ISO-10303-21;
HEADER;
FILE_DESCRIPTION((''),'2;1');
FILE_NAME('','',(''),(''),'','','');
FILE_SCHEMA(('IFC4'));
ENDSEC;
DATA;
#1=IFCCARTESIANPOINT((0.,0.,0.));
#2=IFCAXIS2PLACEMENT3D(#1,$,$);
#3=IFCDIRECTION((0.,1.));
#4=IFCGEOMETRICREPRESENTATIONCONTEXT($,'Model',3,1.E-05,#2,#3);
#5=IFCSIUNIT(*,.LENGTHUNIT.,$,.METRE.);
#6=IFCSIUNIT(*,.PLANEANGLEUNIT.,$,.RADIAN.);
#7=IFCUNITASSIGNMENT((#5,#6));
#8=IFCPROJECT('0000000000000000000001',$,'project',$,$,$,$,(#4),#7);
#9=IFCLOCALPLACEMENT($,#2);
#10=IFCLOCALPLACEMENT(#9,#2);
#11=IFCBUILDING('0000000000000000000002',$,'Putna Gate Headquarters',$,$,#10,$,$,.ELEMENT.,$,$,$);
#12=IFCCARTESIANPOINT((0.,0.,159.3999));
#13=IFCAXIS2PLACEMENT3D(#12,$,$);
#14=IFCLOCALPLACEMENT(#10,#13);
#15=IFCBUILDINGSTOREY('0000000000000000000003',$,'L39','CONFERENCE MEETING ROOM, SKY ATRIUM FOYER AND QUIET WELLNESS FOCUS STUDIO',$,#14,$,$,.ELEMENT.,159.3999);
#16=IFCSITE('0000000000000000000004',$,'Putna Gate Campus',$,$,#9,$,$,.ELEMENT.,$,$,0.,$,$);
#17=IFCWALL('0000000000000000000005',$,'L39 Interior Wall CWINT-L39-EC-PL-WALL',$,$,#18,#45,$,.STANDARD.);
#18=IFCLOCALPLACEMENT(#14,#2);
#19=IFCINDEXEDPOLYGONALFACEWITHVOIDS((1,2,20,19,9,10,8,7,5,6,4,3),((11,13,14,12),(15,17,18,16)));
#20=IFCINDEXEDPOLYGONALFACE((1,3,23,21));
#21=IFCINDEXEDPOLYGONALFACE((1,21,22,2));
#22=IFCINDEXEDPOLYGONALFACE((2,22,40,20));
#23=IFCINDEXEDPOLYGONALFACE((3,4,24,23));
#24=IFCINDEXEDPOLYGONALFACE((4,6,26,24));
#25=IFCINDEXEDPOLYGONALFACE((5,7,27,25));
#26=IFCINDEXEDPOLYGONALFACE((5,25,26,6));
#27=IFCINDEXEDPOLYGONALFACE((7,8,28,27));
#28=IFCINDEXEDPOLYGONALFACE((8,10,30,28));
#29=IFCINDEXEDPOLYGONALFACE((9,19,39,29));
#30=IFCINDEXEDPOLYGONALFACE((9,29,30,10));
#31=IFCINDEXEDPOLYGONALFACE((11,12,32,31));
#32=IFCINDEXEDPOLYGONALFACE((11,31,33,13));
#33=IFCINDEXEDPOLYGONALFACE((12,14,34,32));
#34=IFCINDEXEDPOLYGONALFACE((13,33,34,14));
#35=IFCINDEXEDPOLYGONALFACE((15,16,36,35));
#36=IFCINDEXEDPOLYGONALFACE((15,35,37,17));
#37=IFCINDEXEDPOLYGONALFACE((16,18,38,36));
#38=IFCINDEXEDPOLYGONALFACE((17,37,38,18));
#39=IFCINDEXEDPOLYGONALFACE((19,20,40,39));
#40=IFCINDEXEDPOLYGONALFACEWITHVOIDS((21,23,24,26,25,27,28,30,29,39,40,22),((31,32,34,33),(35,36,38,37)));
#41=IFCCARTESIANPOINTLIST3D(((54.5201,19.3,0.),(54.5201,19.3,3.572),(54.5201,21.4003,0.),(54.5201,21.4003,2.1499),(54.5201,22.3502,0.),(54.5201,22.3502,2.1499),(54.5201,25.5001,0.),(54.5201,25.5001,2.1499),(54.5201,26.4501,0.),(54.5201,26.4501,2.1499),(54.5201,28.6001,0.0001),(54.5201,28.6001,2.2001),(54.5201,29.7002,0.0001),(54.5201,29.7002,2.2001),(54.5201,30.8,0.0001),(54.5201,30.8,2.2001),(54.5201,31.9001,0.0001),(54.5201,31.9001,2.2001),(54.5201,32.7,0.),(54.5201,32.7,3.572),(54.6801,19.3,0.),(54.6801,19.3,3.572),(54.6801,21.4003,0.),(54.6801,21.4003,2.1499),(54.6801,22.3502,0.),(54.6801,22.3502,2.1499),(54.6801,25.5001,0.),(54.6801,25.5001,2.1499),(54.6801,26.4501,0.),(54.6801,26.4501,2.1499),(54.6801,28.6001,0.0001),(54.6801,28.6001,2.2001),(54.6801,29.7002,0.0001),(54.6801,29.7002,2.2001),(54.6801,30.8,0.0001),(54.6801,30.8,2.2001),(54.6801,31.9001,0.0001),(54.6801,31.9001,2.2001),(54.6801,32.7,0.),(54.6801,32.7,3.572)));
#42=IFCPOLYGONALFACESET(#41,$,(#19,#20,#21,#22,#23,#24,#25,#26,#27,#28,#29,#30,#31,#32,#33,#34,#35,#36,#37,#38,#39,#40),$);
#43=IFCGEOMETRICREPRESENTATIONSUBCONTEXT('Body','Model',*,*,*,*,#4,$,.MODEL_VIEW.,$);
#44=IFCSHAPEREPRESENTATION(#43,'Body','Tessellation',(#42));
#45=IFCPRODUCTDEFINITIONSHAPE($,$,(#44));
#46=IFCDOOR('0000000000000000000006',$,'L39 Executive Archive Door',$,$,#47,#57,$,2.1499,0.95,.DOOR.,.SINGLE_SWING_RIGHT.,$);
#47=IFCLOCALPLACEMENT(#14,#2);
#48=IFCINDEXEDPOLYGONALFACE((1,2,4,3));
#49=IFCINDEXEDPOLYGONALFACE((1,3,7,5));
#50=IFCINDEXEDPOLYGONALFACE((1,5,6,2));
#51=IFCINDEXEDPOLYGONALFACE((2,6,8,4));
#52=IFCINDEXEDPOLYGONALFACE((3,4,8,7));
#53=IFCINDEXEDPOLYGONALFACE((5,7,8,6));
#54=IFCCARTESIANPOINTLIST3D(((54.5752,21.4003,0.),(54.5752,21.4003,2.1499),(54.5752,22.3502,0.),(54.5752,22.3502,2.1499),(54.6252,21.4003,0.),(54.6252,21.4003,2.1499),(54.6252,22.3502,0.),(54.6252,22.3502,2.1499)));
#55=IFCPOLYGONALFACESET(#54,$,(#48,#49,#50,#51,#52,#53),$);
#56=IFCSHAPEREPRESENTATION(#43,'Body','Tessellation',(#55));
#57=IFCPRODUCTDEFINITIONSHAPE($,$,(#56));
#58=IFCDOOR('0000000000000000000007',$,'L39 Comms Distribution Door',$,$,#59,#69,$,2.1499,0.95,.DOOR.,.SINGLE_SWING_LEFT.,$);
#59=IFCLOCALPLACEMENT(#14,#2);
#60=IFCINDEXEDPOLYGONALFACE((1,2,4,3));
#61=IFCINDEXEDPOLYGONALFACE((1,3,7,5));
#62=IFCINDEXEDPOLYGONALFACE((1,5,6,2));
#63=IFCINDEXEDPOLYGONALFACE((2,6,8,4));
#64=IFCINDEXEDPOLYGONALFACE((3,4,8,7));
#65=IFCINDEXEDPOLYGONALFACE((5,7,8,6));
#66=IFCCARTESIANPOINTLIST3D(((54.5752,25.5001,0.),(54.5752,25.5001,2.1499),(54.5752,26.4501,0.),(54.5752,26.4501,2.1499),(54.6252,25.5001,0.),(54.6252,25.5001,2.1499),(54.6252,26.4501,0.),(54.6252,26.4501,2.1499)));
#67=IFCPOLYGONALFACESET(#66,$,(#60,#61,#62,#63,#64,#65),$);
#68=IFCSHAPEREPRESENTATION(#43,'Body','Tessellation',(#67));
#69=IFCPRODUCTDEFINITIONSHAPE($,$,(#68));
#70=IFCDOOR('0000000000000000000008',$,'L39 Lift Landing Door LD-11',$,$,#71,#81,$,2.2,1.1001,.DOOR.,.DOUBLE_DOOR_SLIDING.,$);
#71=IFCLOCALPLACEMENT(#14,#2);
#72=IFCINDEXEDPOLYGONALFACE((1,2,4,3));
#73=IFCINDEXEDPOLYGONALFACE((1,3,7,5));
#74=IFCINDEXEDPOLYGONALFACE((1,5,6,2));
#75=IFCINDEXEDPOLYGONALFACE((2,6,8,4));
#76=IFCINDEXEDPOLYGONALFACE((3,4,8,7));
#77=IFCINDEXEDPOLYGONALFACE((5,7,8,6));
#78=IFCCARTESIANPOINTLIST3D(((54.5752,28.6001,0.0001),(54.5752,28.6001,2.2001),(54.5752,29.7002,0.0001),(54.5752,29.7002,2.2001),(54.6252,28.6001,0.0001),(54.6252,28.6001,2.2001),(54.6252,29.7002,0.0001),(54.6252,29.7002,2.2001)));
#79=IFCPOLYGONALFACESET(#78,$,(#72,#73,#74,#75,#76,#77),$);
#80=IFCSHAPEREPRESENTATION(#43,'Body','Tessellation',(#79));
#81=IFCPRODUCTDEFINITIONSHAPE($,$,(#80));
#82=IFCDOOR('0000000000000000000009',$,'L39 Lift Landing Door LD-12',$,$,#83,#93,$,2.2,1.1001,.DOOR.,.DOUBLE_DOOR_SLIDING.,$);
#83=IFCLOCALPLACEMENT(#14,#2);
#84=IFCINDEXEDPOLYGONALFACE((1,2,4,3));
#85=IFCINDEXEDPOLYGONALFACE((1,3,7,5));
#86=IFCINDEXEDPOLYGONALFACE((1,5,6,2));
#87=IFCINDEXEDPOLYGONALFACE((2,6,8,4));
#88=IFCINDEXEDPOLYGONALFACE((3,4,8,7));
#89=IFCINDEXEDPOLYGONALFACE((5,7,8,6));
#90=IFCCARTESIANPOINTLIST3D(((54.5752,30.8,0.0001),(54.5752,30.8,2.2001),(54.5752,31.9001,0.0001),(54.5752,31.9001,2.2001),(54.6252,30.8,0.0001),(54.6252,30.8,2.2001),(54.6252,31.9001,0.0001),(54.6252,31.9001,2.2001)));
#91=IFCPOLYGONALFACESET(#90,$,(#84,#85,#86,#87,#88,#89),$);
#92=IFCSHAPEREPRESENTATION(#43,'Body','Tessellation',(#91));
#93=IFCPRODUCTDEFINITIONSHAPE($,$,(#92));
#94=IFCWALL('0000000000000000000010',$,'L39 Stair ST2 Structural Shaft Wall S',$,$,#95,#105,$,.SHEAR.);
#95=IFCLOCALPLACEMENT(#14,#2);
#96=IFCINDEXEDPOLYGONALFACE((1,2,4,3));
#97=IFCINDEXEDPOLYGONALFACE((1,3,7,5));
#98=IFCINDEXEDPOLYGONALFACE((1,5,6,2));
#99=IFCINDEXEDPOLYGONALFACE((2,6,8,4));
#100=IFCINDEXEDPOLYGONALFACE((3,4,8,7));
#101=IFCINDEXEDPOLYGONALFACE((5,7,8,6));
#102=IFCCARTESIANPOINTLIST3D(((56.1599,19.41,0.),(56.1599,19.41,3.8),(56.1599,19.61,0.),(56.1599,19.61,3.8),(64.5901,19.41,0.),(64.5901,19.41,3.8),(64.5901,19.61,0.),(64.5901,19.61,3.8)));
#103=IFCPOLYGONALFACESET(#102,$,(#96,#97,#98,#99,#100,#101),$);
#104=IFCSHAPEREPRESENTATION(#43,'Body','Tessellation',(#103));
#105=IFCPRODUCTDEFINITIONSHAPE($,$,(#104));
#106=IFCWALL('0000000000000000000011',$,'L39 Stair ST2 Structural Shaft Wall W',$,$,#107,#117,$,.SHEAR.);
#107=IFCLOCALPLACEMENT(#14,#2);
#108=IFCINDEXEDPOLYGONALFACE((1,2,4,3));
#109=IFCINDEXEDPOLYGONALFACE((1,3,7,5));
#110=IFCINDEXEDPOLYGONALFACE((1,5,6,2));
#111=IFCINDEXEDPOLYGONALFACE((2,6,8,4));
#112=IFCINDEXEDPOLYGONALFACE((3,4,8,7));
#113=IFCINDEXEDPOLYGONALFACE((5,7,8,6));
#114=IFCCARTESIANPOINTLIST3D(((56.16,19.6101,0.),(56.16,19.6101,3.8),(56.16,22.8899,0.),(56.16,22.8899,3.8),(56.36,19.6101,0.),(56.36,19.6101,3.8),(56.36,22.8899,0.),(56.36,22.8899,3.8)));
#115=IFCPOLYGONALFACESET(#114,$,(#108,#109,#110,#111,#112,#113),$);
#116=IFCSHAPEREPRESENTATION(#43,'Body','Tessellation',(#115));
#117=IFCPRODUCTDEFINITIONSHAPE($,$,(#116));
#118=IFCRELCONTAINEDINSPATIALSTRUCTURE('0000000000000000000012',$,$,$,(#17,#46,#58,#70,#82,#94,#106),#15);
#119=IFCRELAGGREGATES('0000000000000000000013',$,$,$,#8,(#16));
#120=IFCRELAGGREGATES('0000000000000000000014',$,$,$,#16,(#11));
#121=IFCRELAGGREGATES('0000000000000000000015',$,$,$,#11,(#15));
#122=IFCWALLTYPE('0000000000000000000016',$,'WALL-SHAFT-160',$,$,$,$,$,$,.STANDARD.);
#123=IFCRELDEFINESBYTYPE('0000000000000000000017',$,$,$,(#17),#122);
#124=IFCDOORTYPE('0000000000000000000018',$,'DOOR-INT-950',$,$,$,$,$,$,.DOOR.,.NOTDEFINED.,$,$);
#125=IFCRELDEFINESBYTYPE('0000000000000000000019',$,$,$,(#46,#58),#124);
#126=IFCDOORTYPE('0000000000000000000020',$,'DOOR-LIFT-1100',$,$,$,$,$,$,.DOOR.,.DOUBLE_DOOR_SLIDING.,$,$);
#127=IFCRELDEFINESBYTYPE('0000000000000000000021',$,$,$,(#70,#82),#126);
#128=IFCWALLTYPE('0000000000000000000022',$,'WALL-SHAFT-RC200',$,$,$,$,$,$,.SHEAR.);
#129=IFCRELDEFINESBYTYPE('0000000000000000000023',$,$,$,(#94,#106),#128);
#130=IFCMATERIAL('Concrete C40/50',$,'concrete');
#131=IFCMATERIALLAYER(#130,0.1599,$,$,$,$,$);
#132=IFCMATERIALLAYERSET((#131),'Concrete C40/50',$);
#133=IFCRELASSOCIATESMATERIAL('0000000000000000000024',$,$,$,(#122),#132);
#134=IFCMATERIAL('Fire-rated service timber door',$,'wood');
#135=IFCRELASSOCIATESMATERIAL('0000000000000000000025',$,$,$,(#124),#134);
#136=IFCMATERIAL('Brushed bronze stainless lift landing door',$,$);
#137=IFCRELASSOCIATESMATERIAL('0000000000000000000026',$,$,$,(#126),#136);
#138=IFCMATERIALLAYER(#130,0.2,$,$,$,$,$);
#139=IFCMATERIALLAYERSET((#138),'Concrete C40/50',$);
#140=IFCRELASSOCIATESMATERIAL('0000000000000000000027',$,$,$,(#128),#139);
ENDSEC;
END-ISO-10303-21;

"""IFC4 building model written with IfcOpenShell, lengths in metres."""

from ifc_helpers import new_model, si_unit, direction, frame, frame_2d, origin, place, context, subcontext, project, spatial, rectangle, extrude, material, layer, layer_set, type_object, element, fill, save


model = new_model("IFC4")

# Units and contexts
model_context = context("Model", 3, precision=1e-05, world=origin(), true_north=direction((0.0, 1.0)))
body_context = subcontext(model_context, "Body", "Model", "MODEL_VIEW")
ifc_project = project(units=[si_unit("LENGTHUNIT", "METRE"), si_unit("PLANEANGLEUNIT", "RADIAN")], contexts=[model_context])

# Site, building, storey
site_placement = place(None, origin())
site = spatial("IfcSite", under=ifc_project, at=site_placement, Name="Putna Gate Campus", CompositionType="ELEMENT", RefElevation=0.0)
building_placement = place(site_placement, origin())
building = spatial("IfcBuilding", under=site, at=building_placement, Name="Putna Gate Headquarters", CompositionType="ELEMENT")
storey_placement = place(building_placement, frame((0.0, 0.0, 159.3999)))
storey = spatial("IfcBuildingStorey", under=building, at=storey_placement, Name="L39", Description="CONFERENCE MEETING ROOM, SKY ATRIUM FOYER AND QUIET WELLNESS FOCUS STUDIO", CompositionType="ELEMENT", Elevation=159.3999)

# Wall, openings, doors
ifc_material_1 = material(Name="Concrete C40/50", Category="concrete")
ifc_layer_1 = layer(ifc_material_1, 0.1599)
ifc_layer_set_1 = layer_set([ifc_layer_1], Name="Concrete C40/50")
wall_type_1 = type_object("IfcWallType", Name="WALL-SHAFT-160", PredefinedType="STANDARD", material=ifc_layer_set_1)
wall_1_placement = place(storey_placement, frame((54.6001, 19.3, 0.0), z_axis=(0.0, 0.0, 1.0), x_axis=(0.0, 1.0, 0.0)))
wall_1 = element("IfcWall", 1, at=wall_1_placement, inside=storey, type_object=wall_type_1, Name="L39 Interior Wall CWINT-L39-EC-PL-WALL", PredefinedType="STANDARD", context=body_context, shape_type="SweptSolid", body=[
    extrude(rectangle(XDim=13.3999, YDim=0.1599, at=frame_2d((6.7, 0.0))), origin(), (0.0, 0.0, 1.0), 3.572),
])
opening_1_placement = place(wall_1_placement, frame((2.1001, 0.0, 0.0)))
opening_1 = element("IfcOpeningElement", 2, at=opening_1_placement, cuts=wall_1, PredefinedType="OPENING", context=body_context, shape_type="SweptSolid", body=[
    extrude(rectangle(XDim=0.95, YDim=2.1499, at=frame_2d((0.4751, 1.075))), frame((0.0, 0.0898, 0.0), z_axis=(0.0, -1.0, 0.0), x_axis=(1.0, 0.0, 0.0)), (0.0, 0.0, 1.0), 0.1799),
])
opening_2_placement = place(wall_1_placement, frame((6.2, 0.0, 0.0)))
opening_2 = element("IfcOpeningElement", 3, at=opening_2_placement, cuts=wall_1, PredefinedType="OPENING", context=body_context, shape_type="SweptSolid", body=[
    extrude(rectangle(XDim=0.95, YDim=2.1499, at=frame_2d((0.4751, 1.075))), frame((0.0, 0.0898, 0.0), z_axis=(0.0, -1.0, 0.0), x_axis=(1.0, 0.0, 0.0)), (0.0, 0.0, 1.0), 0.1799),
])
opening_3_placement = place(wall_1_placement, frame((9.3, 0.0, 0.0)))
opening_3 = element("IfcOpeningElement", 4, at=opening_3_placement, cuts=wall_1, PredefinedType="OPENING", context=body_context, shape_type="SweptSolid", body=[
    extrude(rectangle(XDim=1.1001, YDim=2.2, at=frame_2d((0.55, 1.1001))), frame((0.0, 0.0898, 0.0), z_axis=(0.0, -1.0, 0.0), x_axis=(1.0, 0.0, 0.0)), (0.0, 0.0, 1.0), 0.1799),
])
opening_4_placement = place(wall_1_placement, frame((11.5, 0.0, 0.0)))
opening_4 = element("IfcOpeningElement", 5, at=opening_4_placement, cuts=wall_1, PredefinedType="OPENING", context=body_context, shape_type="SweptSolid", body=[
    extrude(rectangle(XDim=1.1001, YDim=2.2, at=frame_2d((0.55, 1.1001))), frame((0.0, 0.0898, 0.0), z_axis=(0.0, -1.0, 0.0), x_axis=(1.0, 0.0, 0.0)), (0.0, 0.0, 1.0), 0.1799),
])
ifc_material_2 = material(Name="Fire-rated service timber door", Category="wood")
door_type_1 = type_object("IfcDoorType", Name="DOOR-INT-950", OperationType="NOTDEFINED", PredefinedType="DOOR", material=ifc_material_2)
door_1_placement = place(opening_1_placement, origin())
door_1 = element("IfcDoor", 6, at=door_1_placement, inside=storey, type_object=door_type_1, Name="L39 Executive Archive Door", OperationType="SINGLE_SWING_RIGHT", OverallHeight=2.1499, OverallWidth=0.95, PredefinedType="DOOR", context=body_context, shape_type="SweptSolid", body=[
    extrude(rectangle(XDim=0.95, YDim=2.1499, at=frame_2d((0.4751, 1.075))), frame((0.0, 0.0249, 0.0), z_axis=(0.0, -1.0, 0.0), x_axis=(1.0, 0.0, 0.0)), (0.0, 0.0, 1.0), 0.05),
])
fill(opening_1, door_1)
door_2_placement = place(opening_2_placement, origin())
door_2 = element("IfcDoor", 7, at=door_2_placement, inside=storey, type_object=door_type_1, Name="L39 Comms Distribution Door", OperationType="SINGLE_SWING_LEFT", OverallHeight=2.1499, OverallWidth=0.95, PredefinedType="DOOR", context=body_context, shape_type="SweptSolid", body=[
    extrude(rectangle(XDim=0.95, YDim=2.1499, at=frame_2d((0.4751, 1.075))), frame((0.0, 0.0249, 0.0), z_axis=(0.0, -1.0, 0.0), x_axis=(1.0, 0.0, 0.0)), (0.0, 0.0, 1.0), 0.05),
])
fill(opening_2, door_2)
ifc_material_3 = material(Name="Brushed bronze stainless lift landing door")
door_type_2 = type_object("IfcDoorType", Name="DOOR-LIFT-1100", OperationType="DOUBLE_DOOR_SLIDING", PredefinedType="DOOR", material=ifc_material_3)
door_3_placement = place(opening_3_placement, origin())
door_3 = element("IfcDoor", 8, at=door_3_placement, inside=storey, type_object=door_type_2, Name="L39 Lift Landing Door LD-11", OperationType="DOUBLE_DOOR_SLIDING", OverallHeight=2.2, OverallWidth=1.1001, PredefinedType="DOOR", context=body_context, shape_type="SweptSolid", body=[
    extrude(rectangle(XDim=1.1001, YDim=2.2, at=frame_2d((0.55, 1.1001))), frame((0.0, 0.0249, 0.0), z_axis=(0.0, -1.0, 0.0), x_axis=(1.0, 0.0, 0.0)), (0.0, 0.0, 1.0), 0.05),
])
fill(opening_3, door_3)
door_4_placement = place(opening_4_placement, origin())
door_4 = element("IfcDoor", 9, at=door_4_placement, inside=storey, type_object=door_type_2, Name="L39 Lift Landing Door LD-12", OperationType="DOUBLE_DOOR_SLIDING", OverallHeight=2.2, OverallWidth=1.1001, PredefinedType="DOOR", context=body_context, shape_type="SweptSolid", body=[
    extrude(rectangle(XDim=1.1001, YDim=2.2, at=frame_2d((0.55, 1.1001))), frame((0.0, 0.0249, 0.0), z_axis=(0.0, -1.0, 0.0), x_axis=(1.0, 0.0, 0.0)), (0.0, 0.0, 1.0), 0.05),
])
fill(opening_4, door_4)

# Walls
ifc_layer_2 = layer(ifc_material_1, 0.2)
ifc_layer_set_2 = layer_set([ifc_layer_2], Name="Concrete C40/50")
wall_type_2 = type_object("IfcWallType", Name="WALL-SHAFT-RC200", PredefinedType="SHEAR", material=ifc_layer_set_2)
wall_2_placement = place(storey_placement, frame((56.1599, 19.51, 0.0), z_axis=(0.0, 0.0, 1.0), x_axis=(1.0, 0.0, 0.0)))
element("IfcWall", 10, at=wall_2_placement, inside=storey, type_object=wall_type_2, Name="L39 Stair ST2 Structural Shaft Wall S", PredefinedType="SHEAR", context=body_context, shape_type="SweptSolid", body=[
    extrude(rectangle(XDim=8.4302, YDim=0.2, at=frame_2d((4.2151, 0.0))), origin(), (0.0, 0.0, 1.0), 3.8),
])
wall_3_placement = place(storey_placement, frame((56.26, 19.6101, 0.0), z_axis=(0.0, 0.0, 1.0), x_axis=(0.0, 1.0, 0.0)))
element("IfcWall", 11, at=wall_3_placement, inside=storey, type_object=wall_type_2, Name="L39 Stair ST2 Structural Shaft Wall W", PredefinedType="SHEAR", context=body_context, shape_type="SweptSolid", body=[
    extrude(rectangle(XDim=3.2798, YDim=0.2, at=frame_2d((1.6399, 0.0))), origin(), (0.0, 0.0, 1.0), 3.8),
])

save(model, "model.ifc")
